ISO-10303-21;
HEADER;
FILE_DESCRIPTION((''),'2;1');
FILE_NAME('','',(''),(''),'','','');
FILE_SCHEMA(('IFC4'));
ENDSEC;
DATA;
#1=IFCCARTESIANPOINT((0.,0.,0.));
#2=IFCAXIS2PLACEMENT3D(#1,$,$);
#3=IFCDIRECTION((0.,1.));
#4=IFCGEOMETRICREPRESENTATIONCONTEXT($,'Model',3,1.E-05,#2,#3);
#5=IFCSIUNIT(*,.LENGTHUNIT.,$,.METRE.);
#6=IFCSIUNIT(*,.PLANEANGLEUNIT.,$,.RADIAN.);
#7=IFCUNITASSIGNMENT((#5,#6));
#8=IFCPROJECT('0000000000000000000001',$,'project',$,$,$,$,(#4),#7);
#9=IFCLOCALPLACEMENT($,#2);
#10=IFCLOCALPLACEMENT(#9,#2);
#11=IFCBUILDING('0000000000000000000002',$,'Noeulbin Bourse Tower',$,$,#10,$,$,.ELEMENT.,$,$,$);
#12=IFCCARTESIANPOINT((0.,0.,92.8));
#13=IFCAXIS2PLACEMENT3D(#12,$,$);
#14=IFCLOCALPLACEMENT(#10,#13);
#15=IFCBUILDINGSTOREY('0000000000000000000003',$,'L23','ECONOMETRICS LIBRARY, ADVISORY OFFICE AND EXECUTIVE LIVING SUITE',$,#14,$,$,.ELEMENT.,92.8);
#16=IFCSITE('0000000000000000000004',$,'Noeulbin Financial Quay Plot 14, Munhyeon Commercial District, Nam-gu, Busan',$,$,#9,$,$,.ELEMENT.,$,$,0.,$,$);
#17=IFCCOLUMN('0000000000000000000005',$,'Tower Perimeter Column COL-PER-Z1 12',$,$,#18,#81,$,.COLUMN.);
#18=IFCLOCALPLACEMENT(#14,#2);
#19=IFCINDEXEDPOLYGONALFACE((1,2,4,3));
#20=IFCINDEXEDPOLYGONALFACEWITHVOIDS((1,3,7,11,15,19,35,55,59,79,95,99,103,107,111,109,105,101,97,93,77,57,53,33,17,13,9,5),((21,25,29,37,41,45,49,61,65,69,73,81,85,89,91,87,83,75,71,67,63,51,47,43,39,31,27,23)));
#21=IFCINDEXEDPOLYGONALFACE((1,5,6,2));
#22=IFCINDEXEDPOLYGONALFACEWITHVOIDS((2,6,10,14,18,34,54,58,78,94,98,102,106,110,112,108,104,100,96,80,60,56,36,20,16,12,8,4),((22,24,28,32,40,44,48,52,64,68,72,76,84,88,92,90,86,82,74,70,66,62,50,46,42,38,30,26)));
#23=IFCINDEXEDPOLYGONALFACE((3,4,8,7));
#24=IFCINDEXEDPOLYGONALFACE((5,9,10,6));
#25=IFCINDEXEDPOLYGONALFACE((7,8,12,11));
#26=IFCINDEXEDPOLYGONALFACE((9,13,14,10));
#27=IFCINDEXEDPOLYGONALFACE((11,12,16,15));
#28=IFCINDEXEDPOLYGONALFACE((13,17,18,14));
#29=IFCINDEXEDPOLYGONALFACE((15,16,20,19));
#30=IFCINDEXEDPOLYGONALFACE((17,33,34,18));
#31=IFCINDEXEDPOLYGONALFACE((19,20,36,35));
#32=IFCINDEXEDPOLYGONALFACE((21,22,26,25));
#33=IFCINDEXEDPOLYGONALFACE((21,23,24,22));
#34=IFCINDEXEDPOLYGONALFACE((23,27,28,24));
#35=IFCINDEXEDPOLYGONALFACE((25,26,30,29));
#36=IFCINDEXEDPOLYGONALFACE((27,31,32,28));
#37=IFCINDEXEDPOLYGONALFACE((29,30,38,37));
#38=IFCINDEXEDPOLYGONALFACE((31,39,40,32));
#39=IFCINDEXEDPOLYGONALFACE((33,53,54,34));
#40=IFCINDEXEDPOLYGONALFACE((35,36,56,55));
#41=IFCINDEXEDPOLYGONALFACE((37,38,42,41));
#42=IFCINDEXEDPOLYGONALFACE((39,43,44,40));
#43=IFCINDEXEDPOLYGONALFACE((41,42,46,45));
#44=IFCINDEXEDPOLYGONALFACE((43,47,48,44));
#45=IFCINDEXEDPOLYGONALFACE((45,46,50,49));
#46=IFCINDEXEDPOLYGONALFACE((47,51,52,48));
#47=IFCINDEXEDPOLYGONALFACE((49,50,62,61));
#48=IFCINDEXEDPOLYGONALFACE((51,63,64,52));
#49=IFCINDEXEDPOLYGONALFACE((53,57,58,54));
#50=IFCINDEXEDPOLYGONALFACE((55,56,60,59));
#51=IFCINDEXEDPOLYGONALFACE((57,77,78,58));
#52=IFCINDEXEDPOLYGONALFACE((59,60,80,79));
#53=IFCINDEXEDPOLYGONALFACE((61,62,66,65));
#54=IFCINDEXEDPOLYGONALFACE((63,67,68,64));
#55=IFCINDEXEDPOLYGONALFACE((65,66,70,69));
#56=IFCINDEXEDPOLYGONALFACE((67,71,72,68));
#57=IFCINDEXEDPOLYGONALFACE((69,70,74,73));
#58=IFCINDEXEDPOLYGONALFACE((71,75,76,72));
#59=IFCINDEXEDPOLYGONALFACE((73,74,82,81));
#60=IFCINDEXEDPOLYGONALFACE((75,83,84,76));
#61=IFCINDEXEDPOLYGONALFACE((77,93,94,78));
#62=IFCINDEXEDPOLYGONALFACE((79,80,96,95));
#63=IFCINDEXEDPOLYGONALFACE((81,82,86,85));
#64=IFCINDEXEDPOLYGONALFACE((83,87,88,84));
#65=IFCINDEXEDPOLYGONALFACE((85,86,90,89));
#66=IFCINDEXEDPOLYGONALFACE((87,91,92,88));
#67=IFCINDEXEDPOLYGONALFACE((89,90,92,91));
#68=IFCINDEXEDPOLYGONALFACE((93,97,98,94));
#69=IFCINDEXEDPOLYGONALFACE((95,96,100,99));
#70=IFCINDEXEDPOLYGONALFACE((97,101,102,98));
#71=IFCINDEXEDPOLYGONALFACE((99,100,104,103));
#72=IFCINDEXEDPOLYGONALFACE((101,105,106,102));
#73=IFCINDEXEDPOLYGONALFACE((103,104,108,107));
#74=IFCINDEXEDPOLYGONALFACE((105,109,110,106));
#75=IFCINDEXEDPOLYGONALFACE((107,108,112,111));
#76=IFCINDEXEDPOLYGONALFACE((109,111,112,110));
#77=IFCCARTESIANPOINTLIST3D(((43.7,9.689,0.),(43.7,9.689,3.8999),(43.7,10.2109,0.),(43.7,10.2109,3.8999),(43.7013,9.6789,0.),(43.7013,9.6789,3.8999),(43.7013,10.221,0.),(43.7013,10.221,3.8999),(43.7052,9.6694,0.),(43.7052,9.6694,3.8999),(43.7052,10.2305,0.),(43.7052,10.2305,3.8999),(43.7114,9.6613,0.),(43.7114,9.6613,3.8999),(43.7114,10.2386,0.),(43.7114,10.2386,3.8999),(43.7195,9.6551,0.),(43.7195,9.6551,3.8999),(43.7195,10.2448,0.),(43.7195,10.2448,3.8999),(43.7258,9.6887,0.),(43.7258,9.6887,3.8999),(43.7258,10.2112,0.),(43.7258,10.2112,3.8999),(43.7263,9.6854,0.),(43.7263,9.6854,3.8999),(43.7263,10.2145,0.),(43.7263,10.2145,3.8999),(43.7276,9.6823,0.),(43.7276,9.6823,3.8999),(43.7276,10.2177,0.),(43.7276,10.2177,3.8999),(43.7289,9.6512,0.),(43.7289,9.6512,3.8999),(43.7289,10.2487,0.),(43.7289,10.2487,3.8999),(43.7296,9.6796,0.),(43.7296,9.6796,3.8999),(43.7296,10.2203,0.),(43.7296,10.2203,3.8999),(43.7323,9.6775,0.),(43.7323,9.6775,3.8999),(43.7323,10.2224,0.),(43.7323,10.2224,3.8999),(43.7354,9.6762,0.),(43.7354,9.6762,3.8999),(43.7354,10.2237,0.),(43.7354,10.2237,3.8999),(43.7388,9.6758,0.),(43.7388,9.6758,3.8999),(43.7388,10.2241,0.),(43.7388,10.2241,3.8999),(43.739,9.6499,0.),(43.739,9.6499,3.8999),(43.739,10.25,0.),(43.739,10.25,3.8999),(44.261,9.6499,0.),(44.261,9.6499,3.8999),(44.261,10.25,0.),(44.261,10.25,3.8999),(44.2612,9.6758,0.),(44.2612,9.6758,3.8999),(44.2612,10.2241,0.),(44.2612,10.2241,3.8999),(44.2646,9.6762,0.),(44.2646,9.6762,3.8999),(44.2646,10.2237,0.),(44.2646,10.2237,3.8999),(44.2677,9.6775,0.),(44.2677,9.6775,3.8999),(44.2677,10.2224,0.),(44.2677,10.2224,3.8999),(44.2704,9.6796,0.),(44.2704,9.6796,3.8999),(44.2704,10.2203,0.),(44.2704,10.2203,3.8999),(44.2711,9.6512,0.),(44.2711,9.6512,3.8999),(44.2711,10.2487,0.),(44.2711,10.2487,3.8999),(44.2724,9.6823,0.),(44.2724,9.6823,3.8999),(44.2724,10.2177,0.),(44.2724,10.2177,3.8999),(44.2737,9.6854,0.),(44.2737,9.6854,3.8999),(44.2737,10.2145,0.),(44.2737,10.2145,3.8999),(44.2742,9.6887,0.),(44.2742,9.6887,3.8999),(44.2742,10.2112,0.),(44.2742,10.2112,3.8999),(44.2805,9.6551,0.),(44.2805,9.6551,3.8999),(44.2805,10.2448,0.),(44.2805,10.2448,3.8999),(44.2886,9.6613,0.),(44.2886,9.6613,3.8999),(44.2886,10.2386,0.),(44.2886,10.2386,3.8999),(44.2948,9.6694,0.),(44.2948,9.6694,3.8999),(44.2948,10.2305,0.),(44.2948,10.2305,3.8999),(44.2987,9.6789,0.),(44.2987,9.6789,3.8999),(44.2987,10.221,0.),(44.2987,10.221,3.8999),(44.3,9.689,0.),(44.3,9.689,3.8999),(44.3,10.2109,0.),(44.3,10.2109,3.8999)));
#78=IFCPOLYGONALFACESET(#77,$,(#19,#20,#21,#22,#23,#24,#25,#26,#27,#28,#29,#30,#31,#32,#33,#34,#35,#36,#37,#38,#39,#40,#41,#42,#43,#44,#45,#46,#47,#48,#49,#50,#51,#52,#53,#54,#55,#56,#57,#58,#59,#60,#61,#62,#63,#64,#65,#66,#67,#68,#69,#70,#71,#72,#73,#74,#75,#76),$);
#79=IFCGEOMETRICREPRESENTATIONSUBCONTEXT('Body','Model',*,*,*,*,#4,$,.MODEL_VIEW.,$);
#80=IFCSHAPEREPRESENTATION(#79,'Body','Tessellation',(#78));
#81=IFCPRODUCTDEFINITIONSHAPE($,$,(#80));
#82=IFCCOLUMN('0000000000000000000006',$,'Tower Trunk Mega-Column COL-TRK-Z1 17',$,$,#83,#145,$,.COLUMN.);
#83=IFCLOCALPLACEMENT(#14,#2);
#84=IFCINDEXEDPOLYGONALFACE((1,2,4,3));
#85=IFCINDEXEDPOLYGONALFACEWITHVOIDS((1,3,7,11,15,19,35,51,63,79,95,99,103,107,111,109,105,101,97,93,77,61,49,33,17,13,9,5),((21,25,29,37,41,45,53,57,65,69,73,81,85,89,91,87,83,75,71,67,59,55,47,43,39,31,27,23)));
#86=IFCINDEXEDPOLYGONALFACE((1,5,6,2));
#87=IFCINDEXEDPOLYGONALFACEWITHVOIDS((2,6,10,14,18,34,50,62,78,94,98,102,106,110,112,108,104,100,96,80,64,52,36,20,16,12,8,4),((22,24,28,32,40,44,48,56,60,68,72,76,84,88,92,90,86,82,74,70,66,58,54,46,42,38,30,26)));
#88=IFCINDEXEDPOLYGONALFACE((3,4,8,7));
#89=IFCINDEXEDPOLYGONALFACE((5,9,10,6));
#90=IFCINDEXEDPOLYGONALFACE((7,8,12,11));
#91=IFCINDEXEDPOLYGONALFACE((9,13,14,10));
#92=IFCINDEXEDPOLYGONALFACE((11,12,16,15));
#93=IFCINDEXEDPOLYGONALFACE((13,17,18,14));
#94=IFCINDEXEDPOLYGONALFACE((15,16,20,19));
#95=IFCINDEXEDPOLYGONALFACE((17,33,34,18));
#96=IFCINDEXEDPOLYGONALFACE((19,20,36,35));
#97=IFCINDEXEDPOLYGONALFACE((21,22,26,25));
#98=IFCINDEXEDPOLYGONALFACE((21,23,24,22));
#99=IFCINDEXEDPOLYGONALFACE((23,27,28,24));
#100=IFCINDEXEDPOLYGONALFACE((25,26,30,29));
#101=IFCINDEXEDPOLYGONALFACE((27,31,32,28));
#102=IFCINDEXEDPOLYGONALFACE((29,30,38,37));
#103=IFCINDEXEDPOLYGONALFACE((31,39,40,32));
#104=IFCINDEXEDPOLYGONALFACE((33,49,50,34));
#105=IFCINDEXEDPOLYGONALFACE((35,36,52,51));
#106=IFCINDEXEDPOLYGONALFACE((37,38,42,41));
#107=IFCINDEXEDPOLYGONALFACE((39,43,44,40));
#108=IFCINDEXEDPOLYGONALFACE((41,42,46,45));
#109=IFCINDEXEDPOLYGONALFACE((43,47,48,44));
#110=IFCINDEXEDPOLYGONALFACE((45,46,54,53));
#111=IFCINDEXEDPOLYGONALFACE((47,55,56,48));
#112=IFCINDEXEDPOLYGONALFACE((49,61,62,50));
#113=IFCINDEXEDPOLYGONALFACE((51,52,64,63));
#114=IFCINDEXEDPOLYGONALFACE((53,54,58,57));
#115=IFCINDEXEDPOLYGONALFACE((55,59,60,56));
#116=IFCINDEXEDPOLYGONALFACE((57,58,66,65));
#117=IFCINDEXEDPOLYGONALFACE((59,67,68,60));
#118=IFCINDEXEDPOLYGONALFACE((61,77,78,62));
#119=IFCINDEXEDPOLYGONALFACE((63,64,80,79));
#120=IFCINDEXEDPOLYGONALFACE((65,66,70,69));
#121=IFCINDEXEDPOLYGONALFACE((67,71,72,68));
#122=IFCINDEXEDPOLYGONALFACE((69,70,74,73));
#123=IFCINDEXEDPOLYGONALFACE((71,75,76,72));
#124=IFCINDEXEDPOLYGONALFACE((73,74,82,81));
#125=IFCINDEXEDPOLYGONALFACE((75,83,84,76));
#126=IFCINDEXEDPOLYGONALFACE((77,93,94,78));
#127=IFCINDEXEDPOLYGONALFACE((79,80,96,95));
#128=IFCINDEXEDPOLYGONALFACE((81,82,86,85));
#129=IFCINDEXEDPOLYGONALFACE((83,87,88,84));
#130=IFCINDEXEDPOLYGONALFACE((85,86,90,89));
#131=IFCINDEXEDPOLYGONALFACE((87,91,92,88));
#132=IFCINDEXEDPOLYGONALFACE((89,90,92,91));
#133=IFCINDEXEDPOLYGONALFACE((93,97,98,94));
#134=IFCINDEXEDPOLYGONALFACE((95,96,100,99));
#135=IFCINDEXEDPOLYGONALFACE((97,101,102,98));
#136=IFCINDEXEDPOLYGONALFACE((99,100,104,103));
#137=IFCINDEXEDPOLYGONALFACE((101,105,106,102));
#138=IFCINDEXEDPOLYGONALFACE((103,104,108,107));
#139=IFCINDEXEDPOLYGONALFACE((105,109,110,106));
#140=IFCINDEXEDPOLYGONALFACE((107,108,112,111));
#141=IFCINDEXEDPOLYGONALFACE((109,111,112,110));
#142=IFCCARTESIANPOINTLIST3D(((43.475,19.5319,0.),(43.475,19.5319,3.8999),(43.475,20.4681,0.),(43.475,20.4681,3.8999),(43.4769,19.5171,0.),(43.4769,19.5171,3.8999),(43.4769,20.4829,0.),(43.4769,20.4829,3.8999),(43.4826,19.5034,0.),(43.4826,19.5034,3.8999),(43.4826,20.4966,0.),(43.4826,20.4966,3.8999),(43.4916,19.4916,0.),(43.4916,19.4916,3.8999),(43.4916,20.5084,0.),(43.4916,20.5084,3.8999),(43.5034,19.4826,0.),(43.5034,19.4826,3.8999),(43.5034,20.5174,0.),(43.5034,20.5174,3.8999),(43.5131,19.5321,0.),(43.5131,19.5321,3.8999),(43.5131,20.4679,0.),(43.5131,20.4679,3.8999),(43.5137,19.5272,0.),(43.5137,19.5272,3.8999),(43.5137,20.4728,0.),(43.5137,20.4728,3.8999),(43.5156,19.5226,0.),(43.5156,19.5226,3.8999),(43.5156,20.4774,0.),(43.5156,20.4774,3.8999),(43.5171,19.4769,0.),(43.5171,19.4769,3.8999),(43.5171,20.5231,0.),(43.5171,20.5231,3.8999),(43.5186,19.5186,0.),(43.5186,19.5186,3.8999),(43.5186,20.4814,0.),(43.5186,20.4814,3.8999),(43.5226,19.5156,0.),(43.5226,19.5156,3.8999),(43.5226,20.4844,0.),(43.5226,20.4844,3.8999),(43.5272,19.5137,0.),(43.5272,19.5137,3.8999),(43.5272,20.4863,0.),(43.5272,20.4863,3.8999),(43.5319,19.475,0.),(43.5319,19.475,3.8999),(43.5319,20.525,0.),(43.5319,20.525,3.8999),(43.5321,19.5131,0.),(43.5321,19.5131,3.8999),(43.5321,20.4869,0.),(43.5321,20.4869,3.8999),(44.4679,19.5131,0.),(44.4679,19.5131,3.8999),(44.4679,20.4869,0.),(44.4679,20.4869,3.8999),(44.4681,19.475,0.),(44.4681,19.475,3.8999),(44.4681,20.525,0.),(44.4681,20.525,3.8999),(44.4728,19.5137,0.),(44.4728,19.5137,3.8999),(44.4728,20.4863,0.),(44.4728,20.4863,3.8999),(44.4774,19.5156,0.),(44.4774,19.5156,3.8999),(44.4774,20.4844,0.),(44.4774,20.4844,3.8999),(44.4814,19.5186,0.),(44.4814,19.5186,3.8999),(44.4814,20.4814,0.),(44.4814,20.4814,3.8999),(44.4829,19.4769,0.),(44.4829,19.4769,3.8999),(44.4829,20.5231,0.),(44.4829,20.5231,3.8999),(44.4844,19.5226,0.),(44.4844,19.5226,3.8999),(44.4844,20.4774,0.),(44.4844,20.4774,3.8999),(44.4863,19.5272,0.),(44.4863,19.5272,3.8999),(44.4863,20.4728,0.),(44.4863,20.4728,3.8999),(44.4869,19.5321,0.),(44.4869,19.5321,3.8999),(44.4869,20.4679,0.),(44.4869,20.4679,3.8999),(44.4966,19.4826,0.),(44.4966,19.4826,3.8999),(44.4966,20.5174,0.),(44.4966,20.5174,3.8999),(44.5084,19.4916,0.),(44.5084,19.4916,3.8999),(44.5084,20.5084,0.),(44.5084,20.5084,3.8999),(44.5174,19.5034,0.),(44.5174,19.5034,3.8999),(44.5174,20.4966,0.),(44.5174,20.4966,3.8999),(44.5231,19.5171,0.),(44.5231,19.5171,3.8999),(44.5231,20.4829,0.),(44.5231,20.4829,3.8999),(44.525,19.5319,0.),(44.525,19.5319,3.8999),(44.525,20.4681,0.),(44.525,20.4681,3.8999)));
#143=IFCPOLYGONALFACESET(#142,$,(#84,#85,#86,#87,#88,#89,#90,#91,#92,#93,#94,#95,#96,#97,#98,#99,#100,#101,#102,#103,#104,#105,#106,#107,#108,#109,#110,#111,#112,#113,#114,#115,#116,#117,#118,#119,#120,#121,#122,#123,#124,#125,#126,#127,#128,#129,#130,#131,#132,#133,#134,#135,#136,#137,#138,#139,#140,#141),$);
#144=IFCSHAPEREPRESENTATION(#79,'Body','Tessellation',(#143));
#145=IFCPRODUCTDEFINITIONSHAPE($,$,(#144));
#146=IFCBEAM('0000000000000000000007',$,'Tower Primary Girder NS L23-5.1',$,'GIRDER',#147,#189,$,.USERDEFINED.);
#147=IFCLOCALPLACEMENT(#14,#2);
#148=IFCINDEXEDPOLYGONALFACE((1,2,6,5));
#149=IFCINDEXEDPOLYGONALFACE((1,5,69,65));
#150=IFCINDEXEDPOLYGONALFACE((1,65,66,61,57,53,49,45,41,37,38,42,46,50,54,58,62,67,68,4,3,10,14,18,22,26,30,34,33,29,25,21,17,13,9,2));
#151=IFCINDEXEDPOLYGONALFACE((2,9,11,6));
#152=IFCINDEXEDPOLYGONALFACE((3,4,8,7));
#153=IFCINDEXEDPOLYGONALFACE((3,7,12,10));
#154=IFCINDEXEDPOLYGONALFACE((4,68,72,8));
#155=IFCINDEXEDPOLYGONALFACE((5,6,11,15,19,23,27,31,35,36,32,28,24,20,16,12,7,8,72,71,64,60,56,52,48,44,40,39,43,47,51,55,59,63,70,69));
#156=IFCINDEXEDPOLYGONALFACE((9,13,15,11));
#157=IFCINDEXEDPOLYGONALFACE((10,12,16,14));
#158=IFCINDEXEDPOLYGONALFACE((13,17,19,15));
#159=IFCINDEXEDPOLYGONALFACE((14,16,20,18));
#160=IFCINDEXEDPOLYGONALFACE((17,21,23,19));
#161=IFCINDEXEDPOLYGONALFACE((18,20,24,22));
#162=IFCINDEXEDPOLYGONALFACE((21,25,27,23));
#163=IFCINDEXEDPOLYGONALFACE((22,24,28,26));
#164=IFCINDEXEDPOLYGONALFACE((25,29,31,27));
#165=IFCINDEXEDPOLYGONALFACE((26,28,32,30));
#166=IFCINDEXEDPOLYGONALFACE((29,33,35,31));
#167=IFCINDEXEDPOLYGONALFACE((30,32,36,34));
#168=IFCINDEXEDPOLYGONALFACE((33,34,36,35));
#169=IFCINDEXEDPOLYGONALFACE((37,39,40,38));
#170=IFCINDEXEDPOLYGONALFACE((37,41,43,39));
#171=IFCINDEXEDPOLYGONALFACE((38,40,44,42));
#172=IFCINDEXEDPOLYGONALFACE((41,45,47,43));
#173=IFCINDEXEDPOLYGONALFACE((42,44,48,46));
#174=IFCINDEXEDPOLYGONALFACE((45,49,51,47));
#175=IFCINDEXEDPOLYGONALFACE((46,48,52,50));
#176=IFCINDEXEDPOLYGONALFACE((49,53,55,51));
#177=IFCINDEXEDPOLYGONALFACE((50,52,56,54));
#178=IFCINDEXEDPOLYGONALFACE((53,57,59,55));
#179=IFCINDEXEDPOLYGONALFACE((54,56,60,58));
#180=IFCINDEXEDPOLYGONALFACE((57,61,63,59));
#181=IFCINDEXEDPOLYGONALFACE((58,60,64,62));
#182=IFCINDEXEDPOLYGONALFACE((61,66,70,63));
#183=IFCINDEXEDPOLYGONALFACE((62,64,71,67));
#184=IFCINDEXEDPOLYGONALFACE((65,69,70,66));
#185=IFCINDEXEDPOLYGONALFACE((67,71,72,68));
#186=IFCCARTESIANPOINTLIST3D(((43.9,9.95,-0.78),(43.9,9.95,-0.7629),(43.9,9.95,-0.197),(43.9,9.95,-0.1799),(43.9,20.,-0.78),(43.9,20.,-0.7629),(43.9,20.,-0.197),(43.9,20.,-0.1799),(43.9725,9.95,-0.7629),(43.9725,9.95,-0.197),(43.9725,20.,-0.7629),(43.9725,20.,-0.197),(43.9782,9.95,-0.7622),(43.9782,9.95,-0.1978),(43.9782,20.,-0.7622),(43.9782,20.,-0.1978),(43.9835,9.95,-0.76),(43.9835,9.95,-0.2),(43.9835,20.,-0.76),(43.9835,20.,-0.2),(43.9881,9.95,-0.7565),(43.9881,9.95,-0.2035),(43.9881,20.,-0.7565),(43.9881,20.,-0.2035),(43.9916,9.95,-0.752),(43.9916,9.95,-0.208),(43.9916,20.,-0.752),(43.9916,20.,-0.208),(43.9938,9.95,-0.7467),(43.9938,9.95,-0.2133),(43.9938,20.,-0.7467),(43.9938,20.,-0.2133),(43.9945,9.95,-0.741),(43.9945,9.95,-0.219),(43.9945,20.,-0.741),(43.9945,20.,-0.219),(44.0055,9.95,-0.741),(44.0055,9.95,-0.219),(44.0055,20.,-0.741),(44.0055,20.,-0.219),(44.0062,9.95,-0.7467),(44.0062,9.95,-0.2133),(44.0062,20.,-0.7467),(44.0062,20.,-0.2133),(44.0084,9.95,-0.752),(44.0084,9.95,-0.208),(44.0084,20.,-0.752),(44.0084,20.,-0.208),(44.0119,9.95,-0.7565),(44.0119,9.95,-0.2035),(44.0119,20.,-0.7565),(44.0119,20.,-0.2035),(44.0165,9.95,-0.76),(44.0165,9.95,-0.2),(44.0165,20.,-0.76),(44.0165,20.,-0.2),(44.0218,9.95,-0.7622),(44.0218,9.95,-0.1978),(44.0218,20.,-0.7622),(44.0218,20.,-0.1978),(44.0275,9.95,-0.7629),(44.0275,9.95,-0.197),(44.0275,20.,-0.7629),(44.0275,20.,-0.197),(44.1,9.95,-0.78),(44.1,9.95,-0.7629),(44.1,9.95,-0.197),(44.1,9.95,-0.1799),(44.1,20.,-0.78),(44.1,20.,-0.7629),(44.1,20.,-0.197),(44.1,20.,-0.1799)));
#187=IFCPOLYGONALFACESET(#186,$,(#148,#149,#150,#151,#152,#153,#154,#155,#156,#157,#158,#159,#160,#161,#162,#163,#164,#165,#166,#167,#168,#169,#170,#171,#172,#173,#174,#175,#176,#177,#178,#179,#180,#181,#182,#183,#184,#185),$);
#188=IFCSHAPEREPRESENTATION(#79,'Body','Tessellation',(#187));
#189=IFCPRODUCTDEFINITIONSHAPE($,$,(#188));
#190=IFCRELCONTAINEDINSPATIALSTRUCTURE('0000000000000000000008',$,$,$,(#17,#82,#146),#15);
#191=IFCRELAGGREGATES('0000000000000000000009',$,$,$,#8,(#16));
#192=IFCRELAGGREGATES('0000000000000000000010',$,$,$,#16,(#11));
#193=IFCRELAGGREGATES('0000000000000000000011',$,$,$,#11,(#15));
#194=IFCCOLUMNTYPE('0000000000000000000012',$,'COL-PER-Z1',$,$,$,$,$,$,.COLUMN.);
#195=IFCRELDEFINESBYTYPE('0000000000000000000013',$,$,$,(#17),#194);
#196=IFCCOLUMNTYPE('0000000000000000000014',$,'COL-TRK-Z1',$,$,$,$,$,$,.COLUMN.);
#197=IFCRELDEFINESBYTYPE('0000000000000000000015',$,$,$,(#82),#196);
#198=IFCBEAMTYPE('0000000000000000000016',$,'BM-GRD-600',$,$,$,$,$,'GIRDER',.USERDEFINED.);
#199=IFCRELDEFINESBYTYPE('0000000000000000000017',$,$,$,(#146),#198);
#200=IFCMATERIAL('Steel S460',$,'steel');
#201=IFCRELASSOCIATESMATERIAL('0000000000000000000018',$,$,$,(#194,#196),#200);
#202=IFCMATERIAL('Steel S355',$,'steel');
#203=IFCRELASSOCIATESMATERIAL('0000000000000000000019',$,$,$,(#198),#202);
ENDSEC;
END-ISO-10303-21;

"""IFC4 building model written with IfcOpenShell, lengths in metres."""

from ifc_helpers import new_model, si_unit, direction, frame, origin, origin_2d, place, context, subcontext, project, spatial, hollow_rectangle, i_section, extrude, material, material_profile, profile_set, type_object, element, save


model = new_model("IFC4")

# Units and contexts
model_context = context("Model", 3, precision=1e-05, world=origin(), true_north=direction((0.0, 1.0)))
body_context = subcontext(model_context, "Body", "Model", "MODEL_VIEW")
ifc_project = project(units=[si_unit("LENGTHUNIT", "METRE"), si_unit("PLANEANGLEUNIT", "RADIAN")], contexts=[model_context])

# Site, building, storey
site_placement = place(None, origin())
site = spatial("IfcSite", under=ifc_project, at=site_placement, Name="Noeulbin Financial Quay Plot 14, Munhyeon Commercial District, Nam-gu, Busan", CompositionType="ELEMENT", RefElevation=0.0)
building_placement = place(site_placement, origin())
building = spatial("IfcBuilding", under=site, at=building_placement, Name="Noeulbin Bourse Tower", CompositionType="ELEMENT")
storey_placement = place(building_placement, frame((0.0, 0.0, 92.8)))
storey = spatial("IfcBuildingStorey", under=building, at=storey_placement, Name="L23", Description="ECONOMETRICS LIBRARY, ADVISORY OFFICE AND EXECUTIVE LIVING SUITE", CompositionType="ELEMENT", Elevation=92.8)

# Columns
ifc_material_1 = material(Name="Steel S460", Category="steel")
ifc_material_profile_1 = material_profile(ifc_material_1, hollow_rectangle(XDim=0.6001, YDim=0.6001, WallThickness=0.0259, InnerFilletRadius=0.0129, OuterFilletRadius=0.0391, at=origin_2d()), Name="BOX-600x600x26", Category="LoadBearing")
ifc_profile_set_1 = profile_set([ifc_material_profile_1], Name="Steel S460")
column_type_1 = type_object("IfcColumnType", Name="COL-PER-Z1", PredefinedType="COLUMN", material=ifc_profile_set_1)
column_1_placement = place(storey_placement, frame((44.0, 9.95, 0.0), z_axis=(0.0, 0.0, 1.0), x_axis=(1.0, 0.0, 0.0)))
element("IfcColumn", 1, at=column_1_placement, inside=storey, type_object=column_type_1, Name="Tower Perimeter Column COL-PER-Z1 12", PredefinedType="COLUMN", context=body_context, shape_type="SweptSolid", body=[
    extrude(hollow_rectangle(XDim=0.6001, YDim=0.6001, WallThickness=0.0259, InnerFilletRadius=0.0129, OuterFilletRadius=0.0391, at=origin_2d()), origin(), (0.0, 0.0, 1.0), 3.8999),
])
ifc_material_profile_2 = material_profile(ifc_material_1, hollow_rectangle(XDim=1.05, YDim=1.05, WallThickness=0.0381, InnerFilletRadius=0.019, OuterFilletRadius=0.0569, at=origin_2d()), Name="BOX-1050x1050x38", Category="LoadBearing")
ifc_profile_set_2 = profile_set([ifc_material_profile_2], Name="Steel S460")
column_type_2 = type_object("IfcColumnType", Name="COL-TRK-Z1", PredefinedType="COLUMN", material=ifc_profile_set_2)
column_2_placement = place(storey_placement, frame((44.0, 20.0, 0.0), z_axis=(0.0, 0.0, 1.0), x_axis=(1.0, 0.0, 0.0)))
element("IfcColumn", 2, at=column_2_placement, inside=storey, type_object=column_type_2, Name="Tower Trunk Mega-Column COL-TRK-Z1 17", PredefinedType="COLUMN", context=body_context, shape_type="SweptSolid", body=[
    extrude(hollow_rectangle(XDim=1.05, YDim=1.05, WallThickness=0.0381, InnerFilletRadius=0.019, OuterFilletRadius=0.0569, at=origin_2d()), origin(), (0.0, 0.0, 1.0), 3.8999),
])

# Beam
ifc_material_2 = material(Name="Steel S355", Category="steel")
ifc_material_profile_3 = material_profile(ifc_material_2, i_section(OverallWidth=0.2, OverallDepth=0.6001, WebThickness=0.011, FlangeThickness=0.0171, FilletRadius=0.022, at=origin_2d()), Name="H-600x200x11x17", Category="LoadBearing")
ifc_profile_set_3 = profile_set([ifc_material_profile_3], Name="Steel S355")
beam_type_1 = type_object("IfcBeamType", Name="BM-GRD-600", ElementType="GIRDER", PredefinedType="USERDEFINED", material=ifc_profile_set_3)
beam_1_placement = place(storey_placement, frame((44.0, 9.95, -0.48), z_axis=(0.0, 1.0, 0.0), x_axis=(-1.0, 0.0, 0.0)))
element("IfcBeam", 3, at=beam_1_placement, inside=storey, type_object=beam_type_1, Name="Tower Primary Girder NS L23-5.1", ObjectType="GIRDER", PredefinedType="USERDEFINED", context=body_context, shape_type="SweptSolid", body=[
    extrude(i_section(OverallWidth=0.2, OverallDepth=0.6001, WebThickness=0.011, FlangeThickness=0.0171, FilletRadius=0.022, at=origin_2d()), origin(), (0.0, 0.0, 1.0), 10.05),
])

save(model, "model.ifc")
